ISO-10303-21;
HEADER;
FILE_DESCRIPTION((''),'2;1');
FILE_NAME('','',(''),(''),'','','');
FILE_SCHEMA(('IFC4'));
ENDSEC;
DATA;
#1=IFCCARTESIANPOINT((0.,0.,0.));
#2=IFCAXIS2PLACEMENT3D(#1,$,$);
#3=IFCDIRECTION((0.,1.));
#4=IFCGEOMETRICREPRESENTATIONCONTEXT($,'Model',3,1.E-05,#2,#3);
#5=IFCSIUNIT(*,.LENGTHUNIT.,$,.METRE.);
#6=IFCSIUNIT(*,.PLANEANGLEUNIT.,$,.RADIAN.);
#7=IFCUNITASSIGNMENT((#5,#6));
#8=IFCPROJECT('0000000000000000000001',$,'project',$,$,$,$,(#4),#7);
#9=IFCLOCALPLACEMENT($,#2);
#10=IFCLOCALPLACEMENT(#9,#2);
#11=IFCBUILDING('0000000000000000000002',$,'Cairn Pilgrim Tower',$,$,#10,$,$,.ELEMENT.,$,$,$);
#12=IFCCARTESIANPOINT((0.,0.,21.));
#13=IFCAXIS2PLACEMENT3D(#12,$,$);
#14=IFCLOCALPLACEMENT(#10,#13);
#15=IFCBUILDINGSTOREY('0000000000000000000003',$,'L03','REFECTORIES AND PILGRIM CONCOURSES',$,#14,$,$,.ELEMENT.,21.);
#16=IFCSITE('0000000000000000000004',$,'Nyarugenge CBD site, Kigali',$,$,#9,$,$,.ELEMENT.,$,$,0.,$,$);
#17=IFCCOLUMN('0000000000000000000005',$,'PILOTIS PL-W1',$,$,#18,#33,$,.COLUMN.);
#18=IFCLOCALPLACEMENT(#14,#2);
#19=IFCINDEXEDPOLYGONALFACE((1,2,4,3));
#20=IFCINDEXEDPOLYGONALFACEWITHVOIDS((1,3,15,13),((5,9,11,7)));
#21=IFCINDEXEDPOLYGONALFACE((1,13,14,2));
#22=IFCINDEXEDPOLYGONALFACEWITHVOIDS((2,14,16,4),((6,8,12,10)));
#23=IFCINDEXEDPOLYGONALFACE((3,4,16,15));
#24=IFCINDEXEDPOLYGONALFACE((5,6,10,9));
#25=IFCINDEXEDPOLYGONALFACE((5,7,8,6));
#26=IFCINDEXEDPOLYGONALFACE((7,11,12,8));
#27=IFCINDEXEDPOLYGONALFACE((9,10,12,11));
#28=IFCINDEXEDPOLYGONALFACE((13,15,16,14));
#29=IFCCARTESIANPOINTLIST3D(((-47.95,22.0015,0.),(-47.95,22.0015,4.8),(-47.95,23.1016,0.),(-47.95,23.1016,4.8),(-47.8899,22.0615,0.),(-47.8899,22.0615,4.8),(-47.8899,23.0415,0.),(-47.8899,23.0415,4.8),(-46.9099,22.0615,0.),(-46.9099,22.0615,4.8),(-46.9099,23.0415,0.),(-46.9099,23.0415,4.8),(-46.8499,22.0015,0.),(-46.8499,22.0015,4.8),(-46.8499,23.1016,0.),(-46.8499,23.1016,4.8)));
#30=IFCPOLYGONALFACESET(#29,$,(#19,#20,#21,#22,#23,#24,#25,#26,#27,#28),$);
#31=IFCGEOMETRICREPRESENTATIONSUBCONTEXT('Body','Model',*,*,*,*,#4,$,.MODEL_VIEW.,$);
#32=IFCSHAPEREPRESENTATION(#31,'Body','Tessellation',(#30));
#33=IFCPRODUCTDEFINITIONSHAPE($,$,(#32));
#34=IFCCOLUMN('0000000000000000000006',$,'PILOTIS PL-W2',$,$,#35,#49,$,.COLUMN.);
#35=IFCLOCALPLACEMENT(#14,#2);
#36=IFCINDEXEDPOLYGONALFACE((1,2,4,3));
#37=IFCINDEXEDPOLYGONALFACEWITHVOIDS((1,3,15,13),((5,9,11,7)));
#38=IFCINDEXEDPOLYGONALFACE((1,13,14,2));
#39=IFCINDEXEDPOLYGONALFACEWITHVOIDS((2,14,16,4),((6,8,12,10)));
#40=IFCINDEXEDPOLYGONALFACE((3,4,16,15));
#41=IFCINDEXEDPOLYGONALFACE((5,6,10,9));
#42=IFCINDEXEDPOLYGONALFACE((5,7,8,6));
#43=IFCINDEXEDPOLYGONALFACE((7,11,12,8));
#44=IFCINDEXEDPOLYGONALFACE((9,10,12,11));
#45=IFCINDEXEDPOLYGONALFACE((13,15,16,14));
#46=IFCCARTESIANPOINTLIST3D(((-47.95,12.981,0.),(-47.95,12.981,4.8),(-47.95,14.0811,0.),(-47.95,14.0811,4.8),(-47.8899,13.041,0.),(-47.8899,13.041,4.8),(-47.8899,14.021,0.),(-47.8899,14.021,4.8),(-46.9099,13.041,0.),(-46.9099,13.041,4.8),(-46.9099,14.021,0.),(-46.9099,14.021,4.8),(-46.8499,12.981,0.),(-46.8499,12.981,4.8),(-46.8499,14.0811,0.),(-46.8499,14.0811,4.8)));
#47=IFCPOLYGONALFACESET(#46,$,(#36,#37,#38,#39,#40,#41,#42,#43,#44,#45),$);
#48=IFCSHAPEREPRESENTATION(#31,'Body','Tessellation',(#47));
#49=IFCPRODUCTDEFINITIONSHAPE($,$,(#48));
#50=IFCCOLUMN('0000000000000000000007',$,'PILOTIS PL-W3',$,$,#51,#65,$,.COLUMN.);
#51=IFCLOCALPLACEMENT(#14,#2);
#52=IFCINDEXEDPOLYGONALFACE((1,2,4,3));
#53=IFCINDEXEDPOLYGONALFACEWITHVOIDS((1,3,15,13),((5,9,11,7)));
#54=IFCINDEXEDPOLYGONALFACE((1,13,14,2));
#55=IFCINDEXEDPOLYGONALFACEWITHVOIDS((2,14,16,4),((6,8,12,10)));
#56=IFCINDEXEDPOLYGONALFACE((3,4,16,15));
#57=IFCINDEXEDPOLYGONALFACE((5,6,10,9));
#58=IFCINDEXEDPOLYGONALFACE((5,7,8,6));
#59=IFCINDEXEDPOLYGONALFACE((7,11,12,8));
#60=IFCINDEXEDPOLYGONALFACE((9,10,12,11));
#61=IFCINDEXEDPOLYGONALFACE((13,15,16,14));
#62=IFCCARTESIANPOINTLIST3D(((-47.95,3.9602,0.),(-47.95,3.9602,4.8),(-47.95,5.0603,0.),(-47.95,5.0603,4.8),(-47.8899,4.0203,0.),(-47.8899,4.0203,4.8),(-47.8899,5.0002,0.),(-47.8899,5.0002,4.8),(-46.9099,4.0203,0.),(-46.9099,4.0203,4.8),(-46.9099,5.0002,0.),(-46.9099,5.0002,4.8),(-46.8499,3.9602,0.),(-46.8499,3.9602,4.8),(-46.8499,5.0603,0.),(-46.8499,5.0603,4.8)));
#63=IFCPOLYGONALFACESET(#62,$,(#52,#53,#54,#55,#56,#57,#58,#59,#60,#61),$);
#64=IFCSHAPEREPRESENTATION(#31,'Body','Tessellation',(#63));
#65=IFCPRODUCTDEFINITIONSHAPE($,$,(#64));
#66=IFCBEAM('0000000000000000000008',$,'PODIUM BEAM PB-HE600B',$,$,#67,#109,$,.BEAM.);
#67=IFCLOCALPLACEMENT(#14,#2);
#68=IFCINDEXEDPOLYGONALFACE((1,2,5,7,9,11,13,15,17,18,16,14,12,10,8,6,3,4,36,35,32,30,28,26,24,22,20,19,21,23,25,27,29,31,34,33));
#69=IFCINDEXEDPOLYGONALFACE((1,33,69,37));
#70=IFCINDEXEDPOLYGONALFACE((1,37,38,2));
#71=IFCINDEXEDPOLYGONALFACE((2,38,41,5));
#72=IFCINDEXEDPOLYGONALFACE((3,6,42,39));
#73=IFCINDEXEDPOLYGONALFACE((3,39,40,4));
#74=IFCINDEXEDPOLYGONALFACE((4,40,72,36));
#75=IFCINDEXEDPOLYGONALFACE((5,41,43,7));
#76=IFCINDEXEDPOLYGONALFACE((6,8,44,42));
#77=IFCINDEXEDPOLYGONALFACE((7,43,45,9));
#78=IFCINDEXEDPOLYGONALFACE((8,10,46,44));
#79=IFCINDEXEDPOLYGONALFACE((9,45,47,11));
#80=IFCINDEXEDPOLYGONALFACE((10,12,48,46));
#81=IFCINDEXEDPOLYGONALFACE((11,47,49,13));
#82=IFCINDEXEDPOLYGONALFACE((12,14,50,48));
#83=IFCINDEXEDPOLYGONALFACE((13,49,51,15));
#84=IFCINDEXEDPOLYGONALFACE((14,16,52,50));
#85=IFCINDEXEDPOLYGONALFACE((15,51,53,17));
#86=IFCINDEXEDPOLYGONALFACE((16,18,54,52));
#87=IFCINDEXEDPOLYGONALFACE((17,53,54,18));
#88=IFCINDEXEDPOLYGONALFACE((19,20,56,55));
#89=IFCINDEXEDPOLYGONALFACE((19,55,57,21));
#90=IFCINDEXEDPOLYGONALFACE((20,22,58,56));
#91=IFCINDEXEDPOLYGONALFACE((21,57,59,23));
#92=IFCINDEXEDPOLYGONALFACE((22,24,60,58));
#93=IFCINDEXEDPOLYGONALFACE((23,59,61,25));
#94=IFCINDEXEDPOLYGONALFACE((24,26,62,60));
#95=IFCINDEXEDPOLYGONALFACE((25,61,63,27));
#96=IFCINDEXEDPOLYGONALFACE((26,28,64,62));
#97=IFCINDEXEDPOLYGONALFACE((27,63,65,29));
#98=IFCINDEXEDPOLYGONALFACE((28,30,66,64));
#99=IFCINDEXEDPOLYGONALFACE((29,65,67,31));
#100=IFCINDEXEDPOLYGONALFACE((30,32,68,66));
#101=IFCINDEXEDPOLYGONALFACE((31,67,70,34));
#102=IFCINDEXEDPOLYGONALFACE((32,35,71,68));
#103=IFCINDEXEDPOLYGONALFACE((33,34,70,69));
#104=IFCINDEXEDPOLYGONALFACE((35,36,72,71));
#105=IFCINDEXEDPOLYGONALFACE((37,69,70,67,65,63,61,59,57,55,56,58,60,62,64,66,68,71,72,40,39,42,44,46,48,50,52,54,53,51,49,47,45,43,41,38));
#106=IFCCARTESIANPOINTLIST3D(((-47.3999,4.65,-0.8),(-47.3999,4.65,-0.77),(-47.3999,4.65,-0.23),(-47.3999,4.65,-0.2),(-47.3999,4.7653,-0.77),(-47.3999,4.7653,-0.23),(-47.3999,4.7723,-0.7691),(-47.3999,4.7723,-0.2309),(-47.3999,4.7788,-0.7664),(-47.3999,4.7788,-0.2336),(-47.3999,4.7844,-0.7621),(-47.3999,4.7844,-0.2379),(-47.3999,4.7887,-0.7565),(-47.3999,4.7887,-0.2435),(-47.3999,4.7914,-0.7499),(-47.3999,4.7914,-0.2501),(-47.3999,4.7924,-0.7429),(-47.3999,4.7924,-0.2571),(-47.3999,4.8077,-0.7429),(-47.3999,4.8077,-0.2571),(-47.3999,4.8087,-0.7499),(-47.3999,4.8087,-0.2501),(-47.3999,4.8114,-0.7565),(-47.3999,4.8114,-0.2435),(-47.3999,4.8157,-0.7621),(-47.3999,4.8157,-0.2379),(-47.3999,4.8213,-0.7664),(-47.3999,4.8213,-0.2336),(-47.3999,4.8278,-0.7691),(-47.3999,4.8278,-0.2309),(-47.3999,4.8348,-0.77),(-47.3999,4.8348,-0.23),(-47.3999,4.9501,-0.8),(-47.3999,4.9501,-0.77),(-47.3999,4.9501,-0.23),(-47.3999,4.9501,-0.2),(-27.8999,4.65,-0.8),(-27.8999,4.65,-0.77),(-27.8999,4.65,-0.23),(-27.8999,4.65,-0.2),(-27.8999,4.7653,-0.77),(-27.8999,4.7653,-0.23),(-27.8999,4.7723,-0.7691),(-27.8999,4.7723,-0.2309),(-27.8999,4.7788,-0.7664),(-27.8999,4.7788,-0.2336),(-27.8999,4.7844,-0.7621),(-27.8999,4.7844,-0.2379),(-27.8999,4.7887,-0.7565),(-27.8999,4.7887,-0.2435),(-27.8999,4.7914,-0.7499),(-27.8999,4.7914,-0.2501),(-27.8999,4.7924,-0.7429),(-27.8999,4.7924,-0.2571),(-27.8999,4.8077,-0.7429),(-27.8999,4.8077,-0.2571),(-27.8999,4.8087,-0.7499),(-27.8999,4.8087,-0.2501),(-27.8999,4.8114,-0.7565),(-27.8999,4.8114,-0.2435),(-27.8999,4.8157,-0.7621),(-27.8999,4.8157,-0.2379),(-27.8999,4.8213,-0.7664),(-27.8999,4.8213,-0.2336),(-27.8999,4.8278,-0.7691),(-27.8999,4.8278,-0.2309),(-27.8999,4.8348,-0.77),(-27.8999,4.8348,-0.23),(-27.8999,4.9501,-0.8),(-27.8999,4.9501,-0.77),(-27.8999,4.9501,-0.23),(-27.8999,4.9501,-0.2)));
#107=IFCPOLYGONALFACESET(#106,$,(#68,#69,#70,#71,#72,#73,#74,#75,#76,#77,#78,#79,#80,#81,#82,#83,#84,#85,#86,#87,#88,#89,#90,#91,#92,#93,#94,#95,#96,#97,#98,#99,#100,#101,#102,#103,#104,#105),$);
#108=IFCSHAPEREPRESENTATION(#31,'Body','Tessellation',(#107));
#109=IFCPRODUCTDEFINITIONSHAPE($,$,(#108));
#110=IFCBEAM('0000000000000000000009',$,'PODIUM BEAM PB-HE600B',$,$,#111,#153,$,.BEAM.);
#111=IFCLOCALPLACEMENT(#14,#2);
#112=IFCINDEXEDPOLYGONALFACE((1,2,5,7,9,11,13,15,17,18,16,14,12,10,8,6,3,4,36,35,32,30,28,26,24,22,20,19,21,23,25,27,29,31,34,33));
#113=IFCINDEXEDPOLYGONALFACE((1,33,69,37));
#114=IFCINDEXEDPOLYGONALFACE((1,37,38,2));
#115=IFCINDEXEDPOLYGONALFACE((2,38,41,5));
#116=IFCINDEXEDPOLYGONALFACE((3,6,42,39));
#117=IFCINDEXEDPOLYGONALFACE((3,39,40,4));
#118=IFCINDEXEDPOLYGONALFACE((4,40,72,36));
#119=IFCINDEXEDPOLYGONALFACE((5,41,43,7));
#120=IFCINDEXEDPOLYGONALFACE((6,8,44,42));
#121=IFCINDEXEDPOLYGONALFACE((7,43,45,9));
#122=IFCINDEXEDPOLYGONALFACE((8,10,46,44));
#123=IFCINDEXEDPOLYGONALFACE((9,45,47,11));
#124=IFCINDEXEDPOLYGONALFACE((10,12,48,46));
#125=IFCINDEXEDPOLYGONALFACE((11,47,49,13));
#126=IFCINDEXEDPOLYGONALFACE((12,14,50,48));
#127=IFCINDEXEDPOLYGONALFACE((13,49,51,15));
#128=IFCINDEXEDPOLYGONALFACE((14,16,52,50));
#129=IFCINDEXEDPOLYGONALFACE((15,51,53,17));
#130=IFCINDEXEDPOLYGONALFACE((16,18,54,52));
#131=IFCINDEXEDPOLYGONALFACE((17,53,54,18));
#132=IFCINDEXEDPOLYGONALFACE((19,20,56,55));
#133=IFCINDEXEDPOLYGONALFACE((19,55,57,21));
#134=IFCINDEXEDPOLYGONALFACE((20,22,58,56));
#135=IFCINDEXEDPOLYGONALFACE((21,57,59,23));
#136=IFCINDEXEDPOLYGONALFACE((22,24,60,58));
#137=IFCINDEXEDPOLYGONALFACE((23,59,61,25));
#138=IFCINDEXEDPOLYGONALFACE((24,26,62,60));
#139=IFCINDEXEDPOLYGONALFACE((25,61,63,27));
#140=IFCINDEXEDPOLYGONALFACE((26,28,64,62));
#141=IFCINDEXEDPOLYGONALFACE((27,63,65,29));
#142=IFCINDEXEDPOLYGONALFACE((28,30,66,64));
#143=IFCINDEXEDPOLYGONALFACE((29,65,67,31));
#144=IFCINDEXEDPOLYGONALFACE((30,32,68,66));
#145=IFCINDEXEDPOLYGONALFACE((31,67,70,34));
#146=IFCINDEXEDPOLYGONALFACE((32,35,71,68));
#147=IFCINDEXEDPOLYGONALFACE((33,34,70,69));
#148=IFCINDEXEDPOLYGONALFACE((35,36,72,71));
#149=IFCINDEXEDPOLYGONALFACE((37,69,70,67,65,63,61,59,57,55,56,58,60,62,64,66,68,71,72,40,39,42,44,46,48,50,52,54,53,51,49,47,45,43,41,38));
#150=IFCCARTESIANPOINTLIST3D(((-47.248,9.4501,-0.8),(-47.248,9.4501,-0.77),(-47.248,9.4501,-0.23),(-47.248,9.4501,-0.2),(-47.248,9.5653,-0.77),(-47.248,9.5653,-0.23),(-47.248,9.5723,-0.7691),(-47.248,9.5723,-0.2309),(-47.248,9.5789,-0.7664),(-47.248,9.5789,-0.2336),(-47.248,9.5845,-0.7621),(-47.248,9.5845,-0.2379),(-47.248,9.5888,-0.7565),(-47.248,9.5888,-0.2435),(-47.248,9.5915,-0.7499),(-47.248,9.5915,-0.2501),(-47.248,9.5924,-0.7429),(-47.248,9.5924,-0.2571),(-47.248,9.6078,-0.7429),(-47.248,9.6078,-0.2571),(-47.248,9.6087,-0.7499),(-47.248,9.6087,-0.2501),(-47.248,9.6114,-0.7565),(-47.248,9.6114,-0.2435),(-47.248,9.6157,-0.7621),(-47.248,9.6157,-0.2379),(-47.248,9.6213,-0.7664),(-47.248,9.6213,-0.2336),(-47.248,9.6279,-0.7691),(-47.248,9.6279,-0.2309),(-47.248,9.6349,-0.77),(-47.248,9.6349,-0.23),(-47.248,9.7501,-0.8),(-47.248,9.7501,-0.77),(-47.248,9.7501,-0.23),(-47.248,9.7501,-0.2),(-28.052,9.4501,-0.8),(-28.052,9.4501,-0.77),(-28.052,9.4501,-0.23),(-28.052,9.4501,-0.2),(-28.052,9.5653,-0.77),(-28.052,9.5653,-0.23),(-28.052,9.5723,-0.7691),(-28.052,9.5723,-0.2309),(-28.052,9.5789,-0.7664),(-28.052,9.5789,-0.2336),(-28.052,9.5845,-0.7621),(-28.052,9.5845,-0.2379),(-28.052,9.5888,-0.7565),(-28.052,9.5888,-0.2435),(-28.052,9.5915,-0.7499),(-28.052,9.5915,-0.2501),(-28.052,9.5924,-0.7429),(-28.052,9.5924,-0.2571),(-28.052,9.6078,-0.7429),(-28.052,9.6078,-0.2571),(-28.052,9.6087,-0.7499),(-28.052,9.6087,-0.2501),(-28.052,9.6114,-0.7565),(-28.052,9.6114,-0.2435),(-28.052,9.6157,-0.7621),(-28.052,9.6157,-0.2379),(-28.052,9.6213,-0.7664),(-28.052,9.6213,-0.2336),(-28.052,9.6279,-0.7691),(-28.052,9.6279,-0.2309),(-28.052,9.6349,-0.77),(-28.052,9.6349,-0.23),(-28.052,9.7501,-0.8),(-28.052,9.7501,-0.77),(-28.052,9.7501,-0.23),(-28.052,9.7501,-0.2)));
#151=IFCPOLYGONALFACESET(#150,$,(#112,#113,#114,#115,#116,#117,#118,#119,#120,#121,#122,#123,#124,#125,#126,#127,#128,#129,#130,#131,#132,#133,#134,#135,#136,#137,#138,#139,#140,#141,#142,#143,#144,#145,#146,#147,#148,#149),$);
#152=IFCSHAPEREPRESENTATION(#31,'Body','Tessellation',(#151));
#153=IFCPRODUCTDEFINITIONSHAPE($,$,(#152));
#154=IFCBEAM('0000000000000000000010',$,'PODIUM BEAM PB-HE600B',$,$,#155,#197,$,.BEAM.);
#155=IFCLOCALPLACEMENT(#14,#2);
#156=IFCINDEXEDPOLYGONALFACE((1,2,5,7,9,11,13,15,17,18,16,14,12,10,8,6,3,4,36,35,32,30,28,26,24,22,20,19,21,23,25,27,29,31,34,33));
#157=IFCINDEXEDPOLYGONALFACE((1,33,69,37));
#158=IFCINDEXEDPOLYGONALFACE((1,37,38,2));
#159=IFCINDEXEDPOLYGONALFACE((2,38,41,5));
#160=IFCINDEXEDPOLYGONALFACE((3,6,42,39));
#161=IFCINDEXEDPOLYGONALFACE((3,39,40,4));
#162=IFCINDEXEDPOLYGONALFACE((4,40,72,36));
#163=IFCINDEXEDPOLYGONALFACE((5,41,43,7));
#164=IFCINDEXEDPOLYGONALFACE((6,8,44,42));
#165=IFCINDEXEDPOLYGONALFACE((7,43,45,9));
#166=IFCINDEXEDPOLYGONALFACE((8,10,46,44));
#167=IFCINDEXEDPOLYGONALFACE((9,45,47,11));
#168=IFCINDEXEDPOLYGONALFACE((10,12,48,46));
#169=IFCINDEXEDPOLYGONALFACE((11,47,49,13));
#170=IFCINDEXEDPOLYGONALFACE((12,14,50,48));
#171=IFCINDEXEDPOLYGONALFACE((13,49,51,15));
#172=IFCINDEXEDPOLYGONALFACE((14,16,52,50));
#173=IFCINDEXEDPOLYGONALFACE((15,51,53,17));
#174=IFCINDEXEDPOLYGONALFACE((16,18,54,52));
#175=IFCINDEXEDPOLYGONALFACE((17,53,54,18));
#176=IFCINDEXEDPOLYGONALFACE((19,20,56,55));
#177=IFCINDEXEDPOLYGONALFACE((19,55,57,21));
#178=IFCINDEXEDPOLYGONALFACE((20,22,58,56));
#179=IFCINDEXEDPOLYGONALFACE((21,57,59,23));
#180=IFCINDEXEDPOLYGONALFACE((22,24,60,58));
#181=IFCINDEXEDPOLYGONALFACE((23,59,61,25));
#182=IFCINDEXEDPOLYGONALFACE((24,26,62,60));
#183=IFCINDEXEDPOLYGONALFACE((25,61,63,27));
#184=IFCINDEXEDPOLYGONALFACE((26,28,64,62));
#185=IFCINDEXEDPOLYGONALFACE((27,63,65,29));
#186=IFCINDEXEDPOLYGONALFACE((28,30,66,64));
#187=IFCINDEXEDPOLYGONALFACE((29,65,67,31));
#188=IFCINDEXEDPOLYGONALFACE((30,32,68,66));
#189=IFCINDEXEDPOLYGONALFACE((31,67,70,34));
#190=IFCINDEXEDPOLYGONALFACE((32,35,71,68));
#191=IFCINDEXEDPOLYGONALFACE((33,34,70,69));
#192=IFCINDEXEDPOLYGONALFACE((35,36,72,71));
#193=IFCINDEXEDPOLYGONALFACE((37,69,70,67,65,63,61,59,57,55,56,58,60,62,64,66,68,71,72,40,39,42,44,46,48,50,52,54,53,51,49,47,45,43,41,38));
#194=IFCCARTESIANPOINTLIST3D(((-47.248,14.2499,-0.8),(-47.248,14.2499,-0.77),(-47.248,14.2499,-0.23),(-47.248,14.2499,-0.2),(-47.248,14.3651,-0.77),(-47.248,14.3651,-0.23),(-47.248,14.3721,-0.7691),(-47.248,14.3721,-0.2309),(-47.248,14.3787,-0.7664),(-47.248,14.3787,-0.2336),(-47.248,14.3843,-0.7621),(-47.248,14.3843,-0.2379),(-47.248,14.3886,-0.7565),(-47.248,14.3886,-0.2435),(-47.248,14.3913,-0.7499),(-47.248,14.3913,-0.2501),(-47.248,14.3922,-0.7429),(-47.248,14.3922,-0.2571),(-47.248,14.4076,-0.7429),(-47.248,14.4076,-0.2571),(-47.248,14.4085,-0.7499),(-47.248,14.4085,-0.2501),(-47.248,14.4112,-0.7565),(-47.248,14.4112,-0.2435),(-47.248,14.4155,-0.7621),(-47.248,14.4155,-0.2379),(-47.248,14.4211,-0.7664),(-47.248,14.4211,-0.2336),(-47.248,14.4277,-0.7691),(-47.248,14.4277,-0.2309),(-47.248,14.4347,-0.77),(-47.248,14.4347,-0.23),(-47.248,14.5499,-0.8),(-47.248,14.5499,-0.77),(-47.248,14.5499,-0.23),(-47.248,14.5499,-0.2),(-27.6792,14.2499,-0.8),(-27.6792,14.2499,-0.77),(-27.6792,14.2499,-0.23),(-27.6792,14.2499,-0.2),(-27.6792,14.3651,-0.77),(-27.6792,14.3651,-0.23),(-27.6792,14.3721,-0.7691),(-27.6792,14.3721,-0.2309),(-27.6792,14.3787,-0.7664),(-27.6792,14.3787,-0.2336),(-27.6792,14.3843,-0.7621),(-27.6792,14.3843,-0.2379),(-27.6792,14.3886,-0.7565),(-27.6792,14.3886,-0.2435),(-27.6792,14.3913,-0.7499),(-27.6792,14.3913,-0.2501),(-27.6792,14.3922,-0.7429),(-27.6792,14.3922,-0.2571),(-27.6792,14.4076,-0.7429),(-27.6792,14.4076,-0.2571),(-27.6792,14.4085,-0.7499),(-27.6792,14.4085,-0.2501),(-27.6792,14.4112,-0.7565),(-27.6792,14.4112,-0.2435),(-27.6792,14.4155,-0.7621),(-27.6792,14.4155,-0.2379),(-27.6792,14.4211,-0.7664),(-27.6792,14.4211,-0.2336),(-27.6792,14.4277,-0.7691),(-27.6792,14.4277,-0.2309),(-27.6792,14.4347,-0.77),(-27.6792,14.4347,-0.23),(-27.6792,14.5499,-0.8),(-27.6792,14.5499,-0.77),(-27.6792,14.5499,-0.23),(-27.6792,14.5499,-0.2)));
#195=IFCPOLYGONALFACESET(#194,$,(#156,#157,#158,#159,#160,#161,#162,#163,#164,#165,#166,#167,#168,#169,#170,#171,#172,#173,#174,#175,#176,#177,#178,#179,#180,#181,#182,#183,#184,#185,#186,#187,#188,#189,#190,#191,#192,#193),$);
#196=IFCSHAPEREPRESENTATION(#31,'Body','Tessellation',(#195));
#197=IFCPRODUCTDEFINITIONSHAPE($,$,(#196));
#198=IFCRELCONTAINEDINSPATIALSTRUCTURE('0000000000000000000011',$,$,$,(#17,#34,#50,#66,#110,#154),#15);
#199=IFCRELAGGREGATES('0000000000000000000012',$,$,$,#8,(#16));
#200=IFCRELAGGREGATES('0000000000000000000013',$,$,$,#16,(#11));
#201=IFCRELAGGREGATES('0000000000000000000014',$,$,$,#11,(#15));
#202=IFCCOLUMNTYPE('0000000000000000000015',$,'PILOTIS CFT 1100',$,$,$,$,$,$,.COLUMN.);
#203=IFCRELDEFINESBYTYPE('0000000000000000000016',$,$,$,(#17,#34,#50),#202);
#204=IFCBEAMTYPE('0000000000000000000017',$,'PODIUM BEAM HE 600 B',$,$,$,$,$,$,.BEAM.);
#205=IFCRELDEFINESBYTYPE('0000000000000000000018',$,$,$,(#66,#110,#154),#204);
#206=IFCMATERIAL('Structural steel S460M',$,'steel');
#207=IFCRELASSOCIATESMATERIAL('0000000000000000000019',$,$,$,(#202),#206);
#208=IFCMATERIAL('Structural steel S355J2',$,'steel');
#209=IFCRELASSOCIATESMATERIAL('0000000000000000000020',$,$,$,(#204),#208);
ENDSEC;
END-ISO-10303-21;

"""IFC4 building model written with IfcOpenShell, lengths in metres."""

from ifc_helpers import new_model, si_unit, direction, frame, origin, origin_2d, place, context, subcontext, project, spatial, hollow_rectangle, i_section, extrude, material, material_profile, profile_set, type_object, element, save


model = new_model("IFC4")

# Units and contexts
model_context = context("Model", 3, precision=1e-05, world=origin(), true_north=direction((0.0, 1.0)))
body_context = subcontext(model_context, "Body", "Model", "MODEL_VIEW")
ifc_project = project(units=[si_unit("LENGTHUNIT", "METRE"), si_unit("PLANEANGLEUNIT", "RADIAN")], contexts=[model_context])

# Site, building, storey
site_placement = place(None, origin())
site = spatial("IfcSite", under=ifc_project, at=site_placement, Name="Nyarugenge CBD site, Kigali", CompositionType="ELEMENT", RefElevation=0.0)
building_placement = place(site_placement, origin())
building = spatial("IfcBuilding", under=site, at=building_placement, Name="Cairn Pilgrim Tower", CompositionType="ELEMENT")
storey_placement = place(building_placement, frame((0.0, 0.0, 21.0)))
storey = spatial("IfcBuildingStorey", under=building, at=storey_placement, Name="L03", Description="REFECTORIES AND PILGRIM CONCOURSES", CompositionType="ELEMENT", Elevation=21.0)

# Columns
ifc_material_1 = material(Name="Structural steel S460M", Category="steel")
ifc_material_profile_1 = material_profile(ifc_material_1, hollow_rectangle(XDim=1.1001, YDim=1.1001, WallThickness=0.0601, at=origin_2d()), Name="BOX 1100x1100x60")
ifc_profile_set_1 = profile_set([ifc_material_profile_1], Name="Structural steel S460M")
column_type = type_object("IfcColumnType", Name="PILOTIS CFT 1100", PredefinedType="COLUMN", material=ifc_profile_set_1)
for number, where, z_axis, x_axis, name in (
    (1, (-47.3999, 22.5515, 0.0), (0.0, 0.0, 1.0), (1.0, 0.0, 0.0), "PILOTIS PL-W1"),
    (2, (-47.3999, 13.531, 0.0), (0.0, 0.0, 1.0), (1.0, 0.0, 0.0), "PILOTIS PL-W2"),
    (3, (-47.3999, 4.5103, 0.0), (0.0, 0.0, 1.0), (1.0, 0.0, 0.0), "PILOTIS PL-W3"),
):
    element("IfcColumn", number, at=place(storey_placement, frame(where, z_axis=z_axis, x_axis=x_axis)), inside=storey, type_object=column_type, Name=name, PredefinedType="COLUMN", context=body_context, shape_type="SweptSolid", body=[
        extrude(hollow_rectangle(XDim=1.1001, YDim=1.1001, WallThickness=0.0601, at=origin_2d()), origin(), (0.0, 0.0, 1.0), 4.8),
    ])

# Beams
ifc_material_2 = material(Name="Structural steel S355J2", Category="steel")
ifc_material_profile_2 = material_profile(ifc_material_2, i_section(OverallWidth=0.3, OverallDepth=0.6001, WebThickness=0.0154, FlangeThickness=0.03, FilletRadius=0.0271, at=origin_2d()), Name="HEB 600")
ifc_profile_set_2 = profile_set([ifc_material_profile_2], Name="Structural steel S355J2")
beam_type_1 = type_object("IfcBeamType", Name="PODIUM BEAM HE 600 B", PredefinedType="BEAM", material=ifc_profile_set_2)
beam_1_placement = place(storey_placement, frame((-47.3999, 4.8, -0.5), z_axis=(1.0, 0.0, 0.0), x_axis=(0.0, 1.0, 0.0)))
element("IfcBeam", 4, at=beam_1_placement, inside=storey, type_object=beam_type_1, Name="PODIUM BEAM PB-HE600B", PredefinedType="BEAM", context=body_context, shape_type="SweptSolid", body=[
    extrude(i_section(OverallWidth=0.3, OverallDepth=0.6001, WebThickness=0.0154, FlangeThickness=0.03, FilletRadius=0.0271, at=origin_2d()), origin(), (0.0, 0.0, 1.0), 19.5),
])
beam_2_placement = place(storey_placement, frame((-47.248, 9.6001, -0.5), z_axis=(1.0, 0.0, 0.0), x_axis=(0.0, 1.0, 0.0)))
element("IfcBeam", 5, at=beam_2_placement, inside=storey, type_object=beam_type_1, Name="PODIUM BEAM PB-HE600B", PredefinedType="BEAM", context=body_context, shape_type="SweptSolid", body=[
    extrude(i_section(OverallWidth=0.3, OverallDepth=0.6001, WebThickness=0.0154, FlangeThickness=0.03, FilletRadius=0.0271, at=origin_2d()), origin(), (0.0, 0.0, 1.0), 19.196),
])
beam_3_placement = place(storey_placement, frame((-47.248, 14.3999, -0.5), z_axis=(1.0, 0.0, 0.0), x_axis=(0.0, 1.0, 0.0)))
element("IfcBeam", 6, at=beam_3_placement, inside=storey, type_object=beam_type_1, Name="PODIUM BEAM PB-HE600B", PredefinedType="BEAM", context=body_context, shape_type="SweptSolid", body=[
    extrude(i_section(OverallWidth=0.3, OverallDepth=0.6001, WebThickness=0.0154, FlangeThickness=0.03, FilletRadius=0.0271, at=origin_2d()), origin(), (0.0, 0.0, 1.0), 19.5688),
])

save(model, "model.ifc")
